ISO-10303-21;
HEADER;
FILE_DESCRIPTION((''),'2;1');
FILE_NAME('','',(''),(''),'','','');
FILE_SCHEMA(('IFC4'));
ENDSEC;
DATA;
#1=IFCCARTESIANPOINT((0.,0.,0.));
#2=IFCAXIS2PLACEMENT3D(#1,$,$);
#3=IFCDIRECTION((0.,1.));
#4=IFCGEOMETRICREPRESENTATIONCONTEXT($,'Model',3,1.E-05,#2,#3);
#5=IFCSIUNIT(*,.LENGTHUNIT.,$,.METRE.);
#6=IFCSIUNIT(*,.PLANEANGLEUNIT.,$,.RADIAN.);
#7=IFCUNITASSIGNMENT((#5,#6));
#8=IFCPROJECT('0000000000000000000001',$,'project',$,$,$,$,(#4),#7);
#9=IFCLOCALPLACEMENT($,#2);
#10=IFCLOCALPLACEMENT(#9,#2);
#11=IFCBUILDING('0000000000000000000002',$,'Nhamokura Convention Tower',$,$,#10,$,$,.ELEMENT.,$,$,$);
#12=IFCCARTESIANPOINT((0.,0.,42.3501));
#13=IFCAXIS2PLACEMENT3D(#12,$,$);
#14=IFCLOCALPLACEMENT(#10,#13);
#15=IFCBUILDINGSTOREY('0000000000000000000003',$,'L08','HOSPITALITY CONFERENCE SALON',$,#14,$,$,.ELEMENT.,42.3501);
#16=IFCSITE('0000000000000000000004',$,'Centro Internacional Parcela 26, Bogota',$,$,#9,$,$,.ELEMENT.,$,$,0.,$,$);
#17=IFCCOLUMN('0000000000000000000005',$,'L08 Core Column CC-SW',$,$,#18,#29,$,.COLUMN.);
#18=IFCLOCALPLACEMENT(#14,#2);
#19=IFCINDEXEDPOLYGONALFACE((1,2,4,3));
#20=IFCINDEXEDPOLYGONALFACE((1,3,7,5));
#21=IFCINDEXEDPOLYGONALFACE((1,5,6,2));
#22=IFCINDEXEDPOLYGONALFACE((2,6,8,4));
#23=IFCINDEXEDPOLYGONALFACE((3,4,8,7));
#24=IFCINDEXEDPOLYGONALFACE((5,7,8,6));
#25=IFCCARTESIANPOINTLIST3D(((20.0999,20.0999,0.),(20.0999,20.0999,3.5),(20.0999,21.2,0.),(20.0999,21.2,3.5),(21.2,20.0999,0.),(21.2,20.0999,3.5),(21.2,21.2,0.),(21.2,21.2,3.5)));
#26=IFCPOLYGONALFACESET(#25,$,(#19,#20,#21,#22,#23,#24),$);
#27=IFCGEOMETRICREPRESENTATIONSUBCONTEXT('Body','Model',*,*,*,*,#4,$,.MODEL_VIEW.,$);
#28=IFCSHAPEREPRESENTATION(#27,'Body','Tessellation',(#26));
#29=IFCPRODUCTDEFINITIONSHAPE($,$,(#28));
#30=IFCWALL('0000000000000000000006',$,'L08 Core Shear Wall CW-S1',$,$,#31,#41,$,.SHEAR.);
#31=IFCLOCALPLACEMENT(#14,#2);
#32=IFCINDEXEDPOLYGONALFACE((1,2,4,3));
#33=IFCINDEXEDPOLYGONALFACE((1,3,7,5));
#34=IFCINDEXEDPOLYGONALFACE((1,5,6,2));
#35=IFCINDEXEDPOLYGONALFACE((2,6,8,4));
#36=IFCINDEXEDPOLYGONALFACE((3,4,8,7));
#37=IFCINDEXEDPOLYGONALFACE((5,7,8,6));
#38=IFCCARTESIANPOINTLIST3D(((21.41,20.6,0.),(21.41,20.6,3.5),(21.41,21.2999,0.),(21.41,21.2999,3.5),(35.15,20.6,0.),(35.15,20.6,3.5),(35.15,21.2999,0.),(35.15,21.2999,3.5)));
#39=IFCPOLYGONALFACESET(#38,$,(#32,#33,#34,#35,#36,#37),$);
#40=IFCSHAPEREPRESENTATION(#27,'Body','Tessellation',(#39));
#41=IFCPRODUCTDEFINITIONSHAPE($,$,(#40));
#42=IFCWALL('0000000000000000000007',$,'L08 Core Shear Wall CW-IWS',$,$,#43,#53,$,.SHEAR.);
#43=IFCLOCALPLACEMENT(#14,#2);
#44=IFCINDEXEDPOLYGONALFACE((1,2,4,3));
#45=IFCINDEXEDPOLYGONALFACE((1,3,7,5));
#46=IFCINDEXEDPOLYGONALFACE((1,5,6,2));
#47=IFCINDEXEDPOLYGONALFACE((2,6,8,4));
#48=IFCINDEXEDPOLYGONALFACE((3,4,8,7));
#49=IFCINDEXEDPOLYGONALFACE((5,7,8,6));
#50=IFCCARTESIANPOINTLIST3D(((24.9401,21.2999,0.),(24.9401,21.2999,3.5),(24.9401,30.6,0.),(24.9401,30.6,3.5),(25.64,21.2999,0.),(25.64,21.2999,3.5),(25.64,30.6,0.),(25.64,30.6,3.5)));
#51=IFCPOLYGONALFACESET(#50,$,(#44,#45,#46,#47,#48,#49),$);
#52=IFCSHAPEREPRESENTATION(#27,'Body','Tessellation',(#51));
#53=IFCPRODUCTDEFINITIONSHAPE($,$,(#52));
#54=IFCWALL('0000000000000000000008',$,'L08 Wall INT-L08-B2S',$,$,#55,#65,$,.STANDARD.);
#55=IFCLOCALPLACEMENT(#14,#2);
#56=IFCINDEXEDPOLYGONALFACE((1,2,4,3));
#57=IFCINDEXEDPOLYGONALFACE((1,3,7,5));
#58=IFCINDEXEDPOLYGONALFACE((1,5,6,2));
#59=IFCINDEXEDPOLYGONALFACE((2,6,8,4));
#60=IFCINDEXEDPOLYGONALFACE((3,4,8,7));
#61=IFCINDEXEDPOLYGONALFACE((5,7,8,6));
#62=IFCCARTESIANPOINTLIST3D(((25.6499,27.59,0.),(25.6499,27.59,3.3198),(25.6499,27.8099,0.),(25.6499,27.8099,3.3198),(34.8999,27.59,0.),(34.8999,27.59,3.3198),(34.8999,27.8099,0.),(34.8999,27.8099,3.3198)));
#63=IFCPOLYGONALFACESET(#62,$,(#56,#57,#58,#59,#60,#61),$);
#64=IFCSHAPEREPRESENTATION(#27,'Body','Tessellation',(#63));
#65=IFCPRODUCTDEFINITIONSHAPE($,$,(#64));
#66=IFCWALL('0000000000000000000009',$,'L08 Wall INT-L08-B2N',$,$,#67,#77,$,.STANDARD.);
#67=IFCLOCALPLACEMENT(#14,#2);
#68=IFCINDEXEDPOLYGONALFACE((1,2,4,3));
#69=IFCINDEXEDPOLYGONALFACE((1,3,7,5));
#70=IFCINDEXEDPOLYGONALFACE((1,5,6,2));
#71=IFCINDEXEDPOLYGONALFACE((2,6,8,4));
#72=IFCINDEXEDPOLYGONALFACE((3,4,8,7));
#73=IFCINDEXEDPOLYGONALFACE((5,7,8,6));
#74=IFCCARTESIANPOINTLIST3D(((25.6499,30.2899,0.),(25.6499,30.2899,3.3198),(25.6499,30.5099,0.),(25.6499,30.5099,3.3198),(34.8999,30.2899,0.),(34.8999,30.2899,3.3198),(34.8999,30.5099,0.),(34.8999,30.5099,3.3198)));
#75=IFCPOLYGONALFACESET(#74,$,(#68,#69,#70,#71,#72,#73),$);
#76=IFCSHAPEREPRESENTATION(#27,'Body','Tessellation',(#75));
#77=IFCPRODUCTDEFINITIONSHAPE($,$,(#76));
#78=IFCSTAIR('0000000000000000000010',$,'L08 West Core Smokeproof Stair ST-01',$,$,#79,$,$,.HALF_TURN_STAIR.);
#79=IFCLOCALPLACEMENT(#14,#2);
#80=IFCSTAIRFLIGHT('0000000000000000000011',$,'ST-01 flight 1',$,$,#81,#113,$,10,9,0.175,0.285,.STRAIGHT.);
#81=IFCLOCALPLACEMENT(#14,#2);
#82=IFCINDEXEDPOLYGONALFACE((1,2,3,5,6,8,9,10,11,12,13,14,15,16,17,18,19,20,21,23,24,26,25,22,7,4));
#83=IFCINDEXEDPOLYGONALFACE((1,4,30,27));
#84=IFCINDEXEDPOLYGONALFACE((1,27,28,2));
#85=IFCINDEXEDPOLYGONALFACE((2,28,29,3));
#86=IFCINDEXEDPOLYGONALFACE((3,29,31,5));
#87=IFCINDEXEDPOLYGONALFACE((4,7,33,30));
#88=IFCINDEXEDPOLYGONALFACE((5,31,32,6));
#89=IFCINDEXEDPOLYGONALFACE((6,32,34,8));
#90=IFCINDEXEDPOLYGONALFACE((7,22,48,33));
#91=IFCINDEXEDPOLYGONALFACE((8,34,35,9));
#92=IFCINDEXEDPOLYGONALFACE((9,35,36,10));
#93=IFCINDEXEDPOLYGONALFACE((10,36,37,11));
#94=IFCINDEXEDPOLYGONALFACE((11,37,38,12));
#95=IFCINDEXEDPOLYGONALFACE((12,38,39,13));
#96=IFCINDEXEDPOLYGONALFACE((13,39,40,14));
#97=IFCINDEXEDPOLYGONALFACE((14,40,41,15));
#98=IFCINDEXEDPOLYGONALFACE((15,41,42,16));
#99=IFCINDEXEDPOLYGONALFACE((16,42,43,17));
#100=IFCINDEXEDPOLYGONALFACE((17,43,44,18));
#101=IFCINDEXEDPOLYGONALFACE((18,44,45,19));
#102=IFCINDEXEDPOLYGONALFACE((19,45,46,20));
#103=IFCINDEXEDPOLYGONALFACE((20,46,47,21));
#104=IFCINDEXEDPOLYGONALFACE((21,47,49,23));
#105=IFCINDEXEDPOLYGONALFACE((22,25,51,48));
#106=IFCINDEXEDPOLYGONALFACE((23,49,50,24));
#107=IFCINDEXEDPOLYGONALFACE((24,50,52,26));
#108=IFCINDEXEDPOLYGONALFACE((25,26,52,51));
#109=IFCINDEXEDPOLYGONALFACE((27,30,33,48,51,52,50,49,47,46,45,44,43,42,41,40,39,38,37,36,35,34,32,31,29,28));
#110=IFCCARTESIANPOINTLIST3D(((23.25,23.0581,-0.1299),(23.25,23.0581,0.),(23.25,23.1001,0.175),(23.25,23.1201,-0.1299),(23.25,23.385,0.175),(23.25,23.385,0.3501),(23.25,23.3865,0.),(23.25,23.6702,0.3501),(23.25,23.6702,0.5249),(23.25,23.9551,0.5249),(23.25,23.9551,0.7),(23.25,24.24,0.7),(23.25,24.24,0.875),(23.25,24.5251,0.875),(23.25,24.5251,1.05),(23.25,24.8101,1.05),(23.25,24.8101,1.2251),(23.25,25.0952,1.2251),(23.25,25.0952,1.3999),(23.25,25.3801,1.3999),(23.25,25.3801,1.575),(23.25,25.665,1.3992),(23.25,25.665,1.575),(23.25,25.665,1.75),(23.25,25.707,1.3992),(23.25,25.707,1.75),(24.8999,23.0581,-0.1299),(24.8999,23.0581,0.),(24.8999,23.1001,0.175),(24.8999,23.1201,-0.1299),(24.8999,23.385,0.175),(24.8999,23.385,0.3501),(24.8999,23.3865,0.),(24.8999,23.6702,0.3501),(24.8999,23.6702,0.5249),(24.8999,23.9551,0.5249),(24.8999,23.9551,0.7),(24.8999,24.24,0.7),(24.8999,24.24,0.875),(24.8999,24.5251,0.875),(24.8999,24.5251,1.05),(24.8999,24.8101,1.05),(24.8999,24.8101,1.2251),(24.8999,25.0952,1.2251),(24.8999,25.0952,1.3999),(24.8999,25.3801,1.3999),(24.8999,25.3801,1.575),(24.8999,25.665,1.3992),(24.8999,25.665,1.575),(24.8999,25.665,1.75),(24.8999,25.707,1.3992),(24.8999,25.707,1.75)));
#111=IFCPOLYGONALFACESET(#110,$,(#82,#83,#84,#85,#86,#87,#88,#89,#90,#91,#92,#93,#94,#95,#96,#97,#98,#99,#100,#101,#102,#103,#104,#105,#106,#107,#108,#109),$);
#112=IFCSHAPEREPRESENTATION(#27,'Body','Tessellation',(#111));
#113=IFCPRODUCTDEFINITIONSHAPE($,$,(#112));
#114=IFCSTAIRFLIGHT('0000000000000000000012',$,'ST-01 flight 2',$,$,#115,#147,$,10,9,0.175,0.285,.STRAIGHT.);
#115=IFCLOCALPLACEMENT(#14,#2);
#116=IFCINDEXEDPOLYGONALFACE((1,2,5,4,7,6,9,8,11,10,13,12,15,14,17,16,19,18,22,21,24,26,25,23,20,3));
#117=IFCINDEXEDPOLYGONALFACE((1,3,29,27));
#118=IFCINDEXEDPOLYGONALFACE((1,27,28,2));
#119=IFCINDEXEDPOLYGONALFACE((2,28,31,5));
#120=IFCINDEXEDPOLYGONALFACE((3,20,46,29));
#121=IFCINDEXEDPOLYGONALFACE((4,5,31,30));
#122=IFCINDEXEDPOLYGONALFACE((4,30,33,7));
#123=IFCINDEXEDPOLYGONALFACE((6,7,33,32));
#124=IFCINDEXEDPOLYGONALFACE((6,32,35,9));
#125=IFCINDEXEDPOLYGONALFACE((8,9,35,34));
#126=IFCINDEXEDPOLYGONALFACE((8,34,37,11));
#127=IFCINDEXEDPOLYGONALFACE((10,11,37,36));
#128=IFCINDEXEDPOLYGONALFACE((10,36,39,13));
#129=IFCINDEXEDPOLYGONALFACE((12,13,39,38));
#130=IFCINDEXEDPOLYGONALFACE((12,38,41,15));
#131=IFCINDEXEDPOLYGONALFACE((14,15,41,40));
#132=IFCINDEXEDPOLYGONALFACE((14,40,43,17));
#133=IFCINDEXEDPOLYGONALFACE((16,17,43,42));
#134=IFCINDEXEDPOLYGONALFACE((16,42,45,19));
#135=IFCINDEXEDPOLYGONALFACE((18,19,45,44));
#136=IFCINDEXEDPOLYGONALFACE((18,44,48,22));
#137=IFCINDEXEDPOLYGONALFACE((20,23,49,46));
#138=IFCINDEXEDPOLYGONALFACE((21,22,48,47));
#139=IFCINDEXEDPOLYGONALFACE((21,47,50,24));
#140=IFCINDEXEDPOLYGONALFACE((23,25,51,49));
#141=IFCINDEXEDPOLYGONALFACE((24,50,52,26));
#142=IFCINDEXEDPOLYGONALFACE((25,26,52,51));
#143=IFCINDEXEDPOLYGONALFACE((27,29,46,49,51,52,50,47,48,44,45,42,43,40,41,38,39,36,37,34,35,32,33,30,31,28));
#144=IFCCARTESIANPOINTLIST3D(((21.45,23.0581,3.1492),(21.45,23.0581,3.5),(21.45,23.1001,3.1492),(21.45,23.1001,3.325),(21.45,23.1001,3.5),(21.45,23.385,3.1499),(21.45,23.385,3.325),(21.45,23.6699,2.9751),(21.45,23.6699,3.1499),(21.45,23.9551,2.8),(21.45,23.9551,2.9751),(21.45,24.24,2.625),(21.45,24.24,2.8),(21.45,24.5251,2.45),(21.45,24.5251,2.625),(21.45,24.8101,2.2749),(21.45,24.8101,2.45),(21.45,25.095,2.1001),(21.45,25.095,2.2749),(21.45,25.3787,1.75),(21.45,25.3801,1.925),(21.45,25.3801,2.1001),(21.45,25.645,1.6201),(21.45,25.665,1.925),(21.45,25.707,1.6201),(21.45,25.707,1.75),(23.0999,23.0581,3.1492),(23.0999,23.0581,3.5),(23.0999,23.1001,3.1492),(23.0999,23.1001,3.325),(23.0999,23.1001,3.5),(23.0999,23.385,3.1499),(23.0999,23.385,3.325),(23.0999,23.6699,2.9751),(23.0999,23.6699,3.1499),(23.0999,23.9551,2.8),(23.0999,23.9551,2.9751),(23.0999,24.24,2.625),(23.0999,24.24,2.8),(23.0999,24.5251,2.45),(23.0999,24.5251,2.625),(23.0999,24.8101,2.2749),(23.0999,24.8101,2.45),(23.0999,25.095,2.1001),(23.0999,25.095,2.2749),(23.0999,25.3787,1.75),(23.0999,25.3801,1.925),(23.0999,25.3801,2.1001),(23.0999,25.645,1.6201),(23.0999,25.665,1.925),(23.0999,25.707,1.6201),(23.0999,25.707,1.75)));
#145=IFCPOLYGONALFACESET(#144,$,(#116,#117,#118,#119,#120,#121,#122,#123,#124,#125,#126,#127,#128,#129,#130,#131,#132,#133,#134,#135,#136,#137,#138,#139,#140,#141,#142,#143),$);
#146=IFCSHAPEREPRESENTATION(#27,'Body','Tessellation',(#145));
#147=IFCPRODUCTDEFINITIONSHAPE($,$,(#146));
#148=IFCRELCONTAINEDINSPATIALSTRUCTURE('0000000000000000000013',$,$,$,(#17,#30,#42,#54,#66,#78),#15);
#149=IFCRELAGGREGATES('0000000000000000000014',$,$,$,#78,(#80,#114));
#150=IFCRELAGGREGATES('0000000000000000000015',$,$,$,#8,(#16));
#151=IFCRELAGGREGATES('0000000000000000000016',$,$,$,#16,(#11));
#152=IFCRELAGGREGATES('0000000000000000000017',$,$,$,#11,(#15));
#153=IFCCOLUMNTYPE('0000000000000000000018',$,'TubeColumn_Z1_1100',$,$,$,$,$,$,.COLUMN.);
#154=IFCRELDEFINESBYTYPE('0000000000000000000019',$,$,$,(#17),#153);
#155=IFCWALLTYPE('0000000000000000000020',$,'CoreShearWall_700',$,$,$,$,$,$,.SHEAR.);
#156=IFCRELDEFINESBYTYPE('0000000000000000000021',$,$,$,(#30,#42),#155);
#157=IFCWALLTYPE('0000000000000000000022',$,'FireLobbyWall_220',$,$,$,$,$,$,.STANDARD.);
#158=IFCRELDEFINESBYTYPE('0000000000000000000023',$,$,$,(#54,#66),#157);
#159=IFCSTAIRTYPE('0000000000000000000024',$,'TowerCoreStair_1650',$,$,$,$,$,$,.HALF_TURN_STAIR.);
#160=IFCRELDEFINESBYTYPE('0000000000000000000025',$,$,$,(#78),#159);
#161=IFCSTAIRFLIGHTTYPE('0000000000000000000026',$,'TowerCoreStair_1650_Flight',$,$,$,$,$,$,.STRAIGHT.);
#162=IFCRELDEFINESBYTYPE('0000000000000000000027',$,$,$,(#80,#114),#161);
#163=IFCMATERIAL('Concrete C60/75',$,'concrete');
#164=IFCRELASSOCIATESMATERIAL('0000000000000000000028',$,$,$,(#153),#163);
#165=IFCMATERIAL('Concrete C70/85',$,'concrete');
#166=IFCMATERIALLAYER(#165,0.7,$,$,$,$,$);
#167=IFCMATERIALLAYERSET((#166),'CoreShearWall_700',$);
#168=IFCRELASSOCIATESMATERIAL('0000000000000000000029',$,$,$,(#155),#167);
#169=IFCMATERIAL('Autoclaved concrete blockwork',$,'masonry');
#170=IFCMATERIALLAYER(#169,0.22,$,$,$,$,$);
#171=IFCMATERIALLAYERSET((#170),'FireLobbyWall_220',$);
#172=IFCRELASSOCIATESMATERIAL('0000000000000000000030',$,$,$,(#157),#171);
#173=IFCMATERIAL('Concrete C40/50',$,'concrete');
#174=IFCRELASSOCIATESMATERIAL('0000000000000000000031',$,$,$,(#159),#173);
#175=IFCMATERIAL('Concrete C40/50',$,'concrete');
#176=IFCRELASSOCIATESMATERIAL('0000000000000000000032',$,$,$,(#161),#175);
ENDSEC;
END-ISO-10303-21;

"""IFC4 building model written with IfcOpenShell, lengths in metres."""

from ifc_helpers import new_model, si_unit, direction, frame, frame_2d, origin, origin_2d, place, context, subcontext, project, spatial, polyline, rectangle, outline, extrude, material, layer, layer_set, material_profile, profile_set, type_object, element, aggregate, save


model = new_model("IFC4")

# Units and contexts
model_context = context("Model", 3, precision=1e-05, world=origin(), true_north=direction((0.0, 1.0)))
body_context = subcontext(model_context, "Body", "Model", "MODEL_VIEW")
ifc_project = project(units=[si_unit("LENGTHUNIT", "METRE"), si_unit("PLANEANGLEUNIT", "RADIAN")], contexts=[model_context])

# Site, building, storey
site_placement = place(None, origin())
site = spatial("IfcSite", under=ifc_project, at=site_placement, Name="Centro Internacional Parcela 26, Bogota", CompositionType="ELEMENT", RefElevation=0.0)
building_placement = place(site_placement, origin())
building = spatial("IfcBuilding", under=site, at=building_placement, Name="Nhamokura Convention Tower", CompositionType="ELEMENT")
storey_placement = place(building_placement, frame((0.0, 0.0, 42.3501)))
storey = spatial("IfcBuildingStorey", under=building, at=storey_placement, Name="L08", Description="HOSPITALITY CONFERENCE SALON", CompositionType="ELEMENT", Elevation=42.3501)

# Column
ifc_material_1 = material(Name="Concrete C60/75", Category="concrete")
ifc_material_profile = material_profile(ifc_material_1, rectangle(XDim=1.1001, YDim=1.1001, at=origin_2d()))
ifc_profile_set = profile_set([ifc_material_profile], Name="Concrete C60/75")
column_type = type_object("IfcColumnType", Name="TubeColumn_Z1_1100", PredefinedType="COLUMN", material=ifc_profile_set)
column_placement = place(storey_placement, frame((20.6499, 20.6499, 0.0), z_axis=(0.0, 0.0, 1.0), x_axis=(1.0, 0.0, 0.0)))
element("IfcColumn", 1, at=column_placement, inside=storey, type_object=column_type, Name="L08 Core Column CC-SW", PredefinedType="COLUMN", context=body_context, shape_type="SweptSolid", body=[
    extrude(rectangle(XDim=1.1001, YDim=1.1001, at=origin_2d()), origin(), (0.0, 0.0, 1.0), 3.5),
])

# Shared definitions
ifc_material_2 = material(Name="Concrete C70/85", Category="concrete")
ifc_layer_1 = layer(ifc_material_2, 0.7)
ifc_layer_set_1 = layer_set([ifc_layer_1], Name="CoreShearWall_700")
wall_type_1 = type_object("IfcWallType", Name="CoreShearWall_700", PredefinedType="SHEAR", material=ifc_layer_set_1)

# Walls
wall_1_placement = place(storey_placement, frame((21.4099, 20.95, 0.0), z_axis=(0.0, 0.0, 1.0), x_axis=(1.0, 0.0, 0.0)))
element("IfcWall", 2, at=wall_1_placement, inside=storey, type_object=wall_type_1, Name="L08 Core Shear Wall CW-S1", PredefinedType="SHEAR", context=body_context, shape_type="SweptSolid", body=[
    extrude(rectangle(XDim=13.74, YDim=0.7, at=frame_2d((6.8701, 0.0))), origin(), (0.0, 0.0, 1.0), 3.5),
])
wall_2_placement = place(storey_placement, frame((25.29, 21.3, 0.0), z_axis=(0.0, 0.0, 1.0), x_axis=(0.0, 1.0, 0.0)))
element("IfcWall", 3, at=wall_2_placement, inside=storey, type_object=wall_type_1, Name="L08 Core Shear Wall CW-IWS", PredefinedType="SHEAR", context=body_context, shape_type="SweptSolid", body=[
    extrude(rectangle(XDim=9.3, YDim=0.7, at=frame_2d((4.6499, 0.0))), origin(), (0.0, 0.0, 1.0), 3.5),
])

# Shared definitions
ifc_material_3 = material(Name="Autoclaved concrete blockwork", Category="masonry")
ifc_layer_2 = layer(ifc_material_3, 0.22)
ifc_layer_set_2 = layer_set([ifc_layer_2], Name="FireLobbyWall_220")
wall_type_2 = type_object("IfcWallType", Name="FireLobbyWall_220", PredefinedType="STANDARD", material=ifc_layer_set_2)

# Walls
for number, where, z_axis, x_axis, name in (
    (4, (25.6499, 27.7, 0.0), (0.0, 0.0, 1.0), (1.0, 0.0, 0.0), "L08 Wall INT-L08-B2S"),
    (5, (25.6499, 30.3999, 0.0), (0.0, 0.0, 1.0), (1.0, 0.0, 0.0), "L08 Wall INT-L08-B2N"),
):
    element("IfcWall", number, at=place(storey_placement, frame(where, z_axis=z_axis, x_axis=x_axis)), inside=storey, type_object=wall_type_2, Name=name, PredefinedType="STANDARD", context=body_context, shape_type="SweptSolid", body=[
        extrude(rectangle(XDim=9.25, YDim=0.22, at=frame_2d((4.625, 0.0))), origin(), (0.0, 0.0, 1.0), 3.3198),
    ])

# Stair, stair flights
ifc_material_4 = material(Name="Concrete C40/50", Category="concrete")
stair_type = type_object("IfcStairType", Name="TowerCoreStair_1650", PredefinedType="HALF_TURN_STAIR", material=ifc_material_4)
stair_placement = place(storey_placement, origin())
stair = element("IfcStair", 6, at=stair_placement, inside=storey, type_object=stair_type, Name="L08 West Core Smokeproof Stair ST-01", PredefinedType="HALF_TURN_STAIR")
ifc_material_5 = material(Name="Concrete C40/50", Category="concrete")
stair_flight_type = type_object("IfcStairFlightType", Name="TowerCoreStair_1650_Flight", PredefinedType="STRAIGHT", material=ifc_material_5)
stair_flight_1_placement = place(storey_placement, frame((24.075, 23.1001, 0.0), z_axis=(0.0, 0.0, 1.0), x_axis=(0.0, 1.0, 0.0)))
stair_flight_1 = element("IfcStairFlight", 7, at=stair_flight_1_placement, type_object=stair_flight_type, Name="ST-01 flight 1", NumberOfRisers=10, NumberOfTreads=9, PredefinedType="STRAIGHT", RiserHeight=0.175, TreadLength=0.285, context=body_context, shape_type="SweptSolid", body=[
    extrude(outline(polyline([(-0.042, 0.0), (0.0, 0.175), (0.2849, 0.175), (0.2849, 0.3501), (0.5701, 0.3501), (0.5701, 0.5249), (0.855, 0.5249), (0.855, 0.7), (1.1399, 0.7), (1.1399, 0.875), (1.425, 0.875), (1.425, 1.05), (1.71, 1.05), (1.71, 1.2251), (1.9951, 1.2251), (1.9951, 1.3999), (2.28, 1.3999), (2.28, 1.575), (2.5649, 1.575), (2.5649, 1.75), (2.6069, 1.75), (2.6069, 1.3992), (2.5649, 1.3992), (0.2864, 0.0), (0.02, -0.1299), (-0.042, -0.1299), (-0.042, 0.0)])), frame((0.0, 0.825, 0.0), z_axis=(0.0, -1.0, 0.0), x_axis=(1.0, 0.0, 0.0)), (0.0, 0.0, 1.0), 1.6499),
])
stair_flight_2_placement = place(storey_placement, frame((22.2749, 25.665, 1.75), z_axis=(0.0, 0.0, 1.0), x_axis=(0.0, -1.0, 0.0)))
stair_flight_2 = element("IfcStairFlight", 8, at=stair_flight_2_placement, type_object=stair_flight_type, Name="ST-01 flight 2", NumberOfRisers=10, NumberOfTreads=9, PredefinedType="STRAIGHT", RiserHeight=0.175, TreadLength=0.285, context=body_context, shape_type="SweptSolid", body=[
    extrude(outline(polyline([(-0.042, 0.0), (0.0, 0.175), (0.2849, 0.175), (0.2849, 0.3501), (0.5701, 0.3501), (0.5701, 0.5249), (0.855, 0.5249), (0.855, 0.7), (1.1399, 0.7), (1.1399, 0.875), (1.425, 0.875), (1.425, 1.05), (1.71, 1.05), (1.71, 1.2251), (1.9951, 1.2251), (1.9951, 1.3999), (2.28, 1.3999), (2.28, 1.575), (2.5649, 1.575), (2.5649, 1.75), (2.6069, 1.75), (2.6069, 1.3992), (2.5649, 1.3992), (0.2864, 0.0), (0.02, -0.1299), (-0.042, -0.1299), (-0.042, 0.0)])), frame((0.0, 0.825, 0.0), z_axis=(0.0, -1.0, 0.0), x_axis=(1.0, 0.0, 0.0)), (0.0, 0.0, 1.0), 1.6499),
])
aggregate(stair, [stair_flight_1, stair_flight_2])

save(model, "model.ifc")
